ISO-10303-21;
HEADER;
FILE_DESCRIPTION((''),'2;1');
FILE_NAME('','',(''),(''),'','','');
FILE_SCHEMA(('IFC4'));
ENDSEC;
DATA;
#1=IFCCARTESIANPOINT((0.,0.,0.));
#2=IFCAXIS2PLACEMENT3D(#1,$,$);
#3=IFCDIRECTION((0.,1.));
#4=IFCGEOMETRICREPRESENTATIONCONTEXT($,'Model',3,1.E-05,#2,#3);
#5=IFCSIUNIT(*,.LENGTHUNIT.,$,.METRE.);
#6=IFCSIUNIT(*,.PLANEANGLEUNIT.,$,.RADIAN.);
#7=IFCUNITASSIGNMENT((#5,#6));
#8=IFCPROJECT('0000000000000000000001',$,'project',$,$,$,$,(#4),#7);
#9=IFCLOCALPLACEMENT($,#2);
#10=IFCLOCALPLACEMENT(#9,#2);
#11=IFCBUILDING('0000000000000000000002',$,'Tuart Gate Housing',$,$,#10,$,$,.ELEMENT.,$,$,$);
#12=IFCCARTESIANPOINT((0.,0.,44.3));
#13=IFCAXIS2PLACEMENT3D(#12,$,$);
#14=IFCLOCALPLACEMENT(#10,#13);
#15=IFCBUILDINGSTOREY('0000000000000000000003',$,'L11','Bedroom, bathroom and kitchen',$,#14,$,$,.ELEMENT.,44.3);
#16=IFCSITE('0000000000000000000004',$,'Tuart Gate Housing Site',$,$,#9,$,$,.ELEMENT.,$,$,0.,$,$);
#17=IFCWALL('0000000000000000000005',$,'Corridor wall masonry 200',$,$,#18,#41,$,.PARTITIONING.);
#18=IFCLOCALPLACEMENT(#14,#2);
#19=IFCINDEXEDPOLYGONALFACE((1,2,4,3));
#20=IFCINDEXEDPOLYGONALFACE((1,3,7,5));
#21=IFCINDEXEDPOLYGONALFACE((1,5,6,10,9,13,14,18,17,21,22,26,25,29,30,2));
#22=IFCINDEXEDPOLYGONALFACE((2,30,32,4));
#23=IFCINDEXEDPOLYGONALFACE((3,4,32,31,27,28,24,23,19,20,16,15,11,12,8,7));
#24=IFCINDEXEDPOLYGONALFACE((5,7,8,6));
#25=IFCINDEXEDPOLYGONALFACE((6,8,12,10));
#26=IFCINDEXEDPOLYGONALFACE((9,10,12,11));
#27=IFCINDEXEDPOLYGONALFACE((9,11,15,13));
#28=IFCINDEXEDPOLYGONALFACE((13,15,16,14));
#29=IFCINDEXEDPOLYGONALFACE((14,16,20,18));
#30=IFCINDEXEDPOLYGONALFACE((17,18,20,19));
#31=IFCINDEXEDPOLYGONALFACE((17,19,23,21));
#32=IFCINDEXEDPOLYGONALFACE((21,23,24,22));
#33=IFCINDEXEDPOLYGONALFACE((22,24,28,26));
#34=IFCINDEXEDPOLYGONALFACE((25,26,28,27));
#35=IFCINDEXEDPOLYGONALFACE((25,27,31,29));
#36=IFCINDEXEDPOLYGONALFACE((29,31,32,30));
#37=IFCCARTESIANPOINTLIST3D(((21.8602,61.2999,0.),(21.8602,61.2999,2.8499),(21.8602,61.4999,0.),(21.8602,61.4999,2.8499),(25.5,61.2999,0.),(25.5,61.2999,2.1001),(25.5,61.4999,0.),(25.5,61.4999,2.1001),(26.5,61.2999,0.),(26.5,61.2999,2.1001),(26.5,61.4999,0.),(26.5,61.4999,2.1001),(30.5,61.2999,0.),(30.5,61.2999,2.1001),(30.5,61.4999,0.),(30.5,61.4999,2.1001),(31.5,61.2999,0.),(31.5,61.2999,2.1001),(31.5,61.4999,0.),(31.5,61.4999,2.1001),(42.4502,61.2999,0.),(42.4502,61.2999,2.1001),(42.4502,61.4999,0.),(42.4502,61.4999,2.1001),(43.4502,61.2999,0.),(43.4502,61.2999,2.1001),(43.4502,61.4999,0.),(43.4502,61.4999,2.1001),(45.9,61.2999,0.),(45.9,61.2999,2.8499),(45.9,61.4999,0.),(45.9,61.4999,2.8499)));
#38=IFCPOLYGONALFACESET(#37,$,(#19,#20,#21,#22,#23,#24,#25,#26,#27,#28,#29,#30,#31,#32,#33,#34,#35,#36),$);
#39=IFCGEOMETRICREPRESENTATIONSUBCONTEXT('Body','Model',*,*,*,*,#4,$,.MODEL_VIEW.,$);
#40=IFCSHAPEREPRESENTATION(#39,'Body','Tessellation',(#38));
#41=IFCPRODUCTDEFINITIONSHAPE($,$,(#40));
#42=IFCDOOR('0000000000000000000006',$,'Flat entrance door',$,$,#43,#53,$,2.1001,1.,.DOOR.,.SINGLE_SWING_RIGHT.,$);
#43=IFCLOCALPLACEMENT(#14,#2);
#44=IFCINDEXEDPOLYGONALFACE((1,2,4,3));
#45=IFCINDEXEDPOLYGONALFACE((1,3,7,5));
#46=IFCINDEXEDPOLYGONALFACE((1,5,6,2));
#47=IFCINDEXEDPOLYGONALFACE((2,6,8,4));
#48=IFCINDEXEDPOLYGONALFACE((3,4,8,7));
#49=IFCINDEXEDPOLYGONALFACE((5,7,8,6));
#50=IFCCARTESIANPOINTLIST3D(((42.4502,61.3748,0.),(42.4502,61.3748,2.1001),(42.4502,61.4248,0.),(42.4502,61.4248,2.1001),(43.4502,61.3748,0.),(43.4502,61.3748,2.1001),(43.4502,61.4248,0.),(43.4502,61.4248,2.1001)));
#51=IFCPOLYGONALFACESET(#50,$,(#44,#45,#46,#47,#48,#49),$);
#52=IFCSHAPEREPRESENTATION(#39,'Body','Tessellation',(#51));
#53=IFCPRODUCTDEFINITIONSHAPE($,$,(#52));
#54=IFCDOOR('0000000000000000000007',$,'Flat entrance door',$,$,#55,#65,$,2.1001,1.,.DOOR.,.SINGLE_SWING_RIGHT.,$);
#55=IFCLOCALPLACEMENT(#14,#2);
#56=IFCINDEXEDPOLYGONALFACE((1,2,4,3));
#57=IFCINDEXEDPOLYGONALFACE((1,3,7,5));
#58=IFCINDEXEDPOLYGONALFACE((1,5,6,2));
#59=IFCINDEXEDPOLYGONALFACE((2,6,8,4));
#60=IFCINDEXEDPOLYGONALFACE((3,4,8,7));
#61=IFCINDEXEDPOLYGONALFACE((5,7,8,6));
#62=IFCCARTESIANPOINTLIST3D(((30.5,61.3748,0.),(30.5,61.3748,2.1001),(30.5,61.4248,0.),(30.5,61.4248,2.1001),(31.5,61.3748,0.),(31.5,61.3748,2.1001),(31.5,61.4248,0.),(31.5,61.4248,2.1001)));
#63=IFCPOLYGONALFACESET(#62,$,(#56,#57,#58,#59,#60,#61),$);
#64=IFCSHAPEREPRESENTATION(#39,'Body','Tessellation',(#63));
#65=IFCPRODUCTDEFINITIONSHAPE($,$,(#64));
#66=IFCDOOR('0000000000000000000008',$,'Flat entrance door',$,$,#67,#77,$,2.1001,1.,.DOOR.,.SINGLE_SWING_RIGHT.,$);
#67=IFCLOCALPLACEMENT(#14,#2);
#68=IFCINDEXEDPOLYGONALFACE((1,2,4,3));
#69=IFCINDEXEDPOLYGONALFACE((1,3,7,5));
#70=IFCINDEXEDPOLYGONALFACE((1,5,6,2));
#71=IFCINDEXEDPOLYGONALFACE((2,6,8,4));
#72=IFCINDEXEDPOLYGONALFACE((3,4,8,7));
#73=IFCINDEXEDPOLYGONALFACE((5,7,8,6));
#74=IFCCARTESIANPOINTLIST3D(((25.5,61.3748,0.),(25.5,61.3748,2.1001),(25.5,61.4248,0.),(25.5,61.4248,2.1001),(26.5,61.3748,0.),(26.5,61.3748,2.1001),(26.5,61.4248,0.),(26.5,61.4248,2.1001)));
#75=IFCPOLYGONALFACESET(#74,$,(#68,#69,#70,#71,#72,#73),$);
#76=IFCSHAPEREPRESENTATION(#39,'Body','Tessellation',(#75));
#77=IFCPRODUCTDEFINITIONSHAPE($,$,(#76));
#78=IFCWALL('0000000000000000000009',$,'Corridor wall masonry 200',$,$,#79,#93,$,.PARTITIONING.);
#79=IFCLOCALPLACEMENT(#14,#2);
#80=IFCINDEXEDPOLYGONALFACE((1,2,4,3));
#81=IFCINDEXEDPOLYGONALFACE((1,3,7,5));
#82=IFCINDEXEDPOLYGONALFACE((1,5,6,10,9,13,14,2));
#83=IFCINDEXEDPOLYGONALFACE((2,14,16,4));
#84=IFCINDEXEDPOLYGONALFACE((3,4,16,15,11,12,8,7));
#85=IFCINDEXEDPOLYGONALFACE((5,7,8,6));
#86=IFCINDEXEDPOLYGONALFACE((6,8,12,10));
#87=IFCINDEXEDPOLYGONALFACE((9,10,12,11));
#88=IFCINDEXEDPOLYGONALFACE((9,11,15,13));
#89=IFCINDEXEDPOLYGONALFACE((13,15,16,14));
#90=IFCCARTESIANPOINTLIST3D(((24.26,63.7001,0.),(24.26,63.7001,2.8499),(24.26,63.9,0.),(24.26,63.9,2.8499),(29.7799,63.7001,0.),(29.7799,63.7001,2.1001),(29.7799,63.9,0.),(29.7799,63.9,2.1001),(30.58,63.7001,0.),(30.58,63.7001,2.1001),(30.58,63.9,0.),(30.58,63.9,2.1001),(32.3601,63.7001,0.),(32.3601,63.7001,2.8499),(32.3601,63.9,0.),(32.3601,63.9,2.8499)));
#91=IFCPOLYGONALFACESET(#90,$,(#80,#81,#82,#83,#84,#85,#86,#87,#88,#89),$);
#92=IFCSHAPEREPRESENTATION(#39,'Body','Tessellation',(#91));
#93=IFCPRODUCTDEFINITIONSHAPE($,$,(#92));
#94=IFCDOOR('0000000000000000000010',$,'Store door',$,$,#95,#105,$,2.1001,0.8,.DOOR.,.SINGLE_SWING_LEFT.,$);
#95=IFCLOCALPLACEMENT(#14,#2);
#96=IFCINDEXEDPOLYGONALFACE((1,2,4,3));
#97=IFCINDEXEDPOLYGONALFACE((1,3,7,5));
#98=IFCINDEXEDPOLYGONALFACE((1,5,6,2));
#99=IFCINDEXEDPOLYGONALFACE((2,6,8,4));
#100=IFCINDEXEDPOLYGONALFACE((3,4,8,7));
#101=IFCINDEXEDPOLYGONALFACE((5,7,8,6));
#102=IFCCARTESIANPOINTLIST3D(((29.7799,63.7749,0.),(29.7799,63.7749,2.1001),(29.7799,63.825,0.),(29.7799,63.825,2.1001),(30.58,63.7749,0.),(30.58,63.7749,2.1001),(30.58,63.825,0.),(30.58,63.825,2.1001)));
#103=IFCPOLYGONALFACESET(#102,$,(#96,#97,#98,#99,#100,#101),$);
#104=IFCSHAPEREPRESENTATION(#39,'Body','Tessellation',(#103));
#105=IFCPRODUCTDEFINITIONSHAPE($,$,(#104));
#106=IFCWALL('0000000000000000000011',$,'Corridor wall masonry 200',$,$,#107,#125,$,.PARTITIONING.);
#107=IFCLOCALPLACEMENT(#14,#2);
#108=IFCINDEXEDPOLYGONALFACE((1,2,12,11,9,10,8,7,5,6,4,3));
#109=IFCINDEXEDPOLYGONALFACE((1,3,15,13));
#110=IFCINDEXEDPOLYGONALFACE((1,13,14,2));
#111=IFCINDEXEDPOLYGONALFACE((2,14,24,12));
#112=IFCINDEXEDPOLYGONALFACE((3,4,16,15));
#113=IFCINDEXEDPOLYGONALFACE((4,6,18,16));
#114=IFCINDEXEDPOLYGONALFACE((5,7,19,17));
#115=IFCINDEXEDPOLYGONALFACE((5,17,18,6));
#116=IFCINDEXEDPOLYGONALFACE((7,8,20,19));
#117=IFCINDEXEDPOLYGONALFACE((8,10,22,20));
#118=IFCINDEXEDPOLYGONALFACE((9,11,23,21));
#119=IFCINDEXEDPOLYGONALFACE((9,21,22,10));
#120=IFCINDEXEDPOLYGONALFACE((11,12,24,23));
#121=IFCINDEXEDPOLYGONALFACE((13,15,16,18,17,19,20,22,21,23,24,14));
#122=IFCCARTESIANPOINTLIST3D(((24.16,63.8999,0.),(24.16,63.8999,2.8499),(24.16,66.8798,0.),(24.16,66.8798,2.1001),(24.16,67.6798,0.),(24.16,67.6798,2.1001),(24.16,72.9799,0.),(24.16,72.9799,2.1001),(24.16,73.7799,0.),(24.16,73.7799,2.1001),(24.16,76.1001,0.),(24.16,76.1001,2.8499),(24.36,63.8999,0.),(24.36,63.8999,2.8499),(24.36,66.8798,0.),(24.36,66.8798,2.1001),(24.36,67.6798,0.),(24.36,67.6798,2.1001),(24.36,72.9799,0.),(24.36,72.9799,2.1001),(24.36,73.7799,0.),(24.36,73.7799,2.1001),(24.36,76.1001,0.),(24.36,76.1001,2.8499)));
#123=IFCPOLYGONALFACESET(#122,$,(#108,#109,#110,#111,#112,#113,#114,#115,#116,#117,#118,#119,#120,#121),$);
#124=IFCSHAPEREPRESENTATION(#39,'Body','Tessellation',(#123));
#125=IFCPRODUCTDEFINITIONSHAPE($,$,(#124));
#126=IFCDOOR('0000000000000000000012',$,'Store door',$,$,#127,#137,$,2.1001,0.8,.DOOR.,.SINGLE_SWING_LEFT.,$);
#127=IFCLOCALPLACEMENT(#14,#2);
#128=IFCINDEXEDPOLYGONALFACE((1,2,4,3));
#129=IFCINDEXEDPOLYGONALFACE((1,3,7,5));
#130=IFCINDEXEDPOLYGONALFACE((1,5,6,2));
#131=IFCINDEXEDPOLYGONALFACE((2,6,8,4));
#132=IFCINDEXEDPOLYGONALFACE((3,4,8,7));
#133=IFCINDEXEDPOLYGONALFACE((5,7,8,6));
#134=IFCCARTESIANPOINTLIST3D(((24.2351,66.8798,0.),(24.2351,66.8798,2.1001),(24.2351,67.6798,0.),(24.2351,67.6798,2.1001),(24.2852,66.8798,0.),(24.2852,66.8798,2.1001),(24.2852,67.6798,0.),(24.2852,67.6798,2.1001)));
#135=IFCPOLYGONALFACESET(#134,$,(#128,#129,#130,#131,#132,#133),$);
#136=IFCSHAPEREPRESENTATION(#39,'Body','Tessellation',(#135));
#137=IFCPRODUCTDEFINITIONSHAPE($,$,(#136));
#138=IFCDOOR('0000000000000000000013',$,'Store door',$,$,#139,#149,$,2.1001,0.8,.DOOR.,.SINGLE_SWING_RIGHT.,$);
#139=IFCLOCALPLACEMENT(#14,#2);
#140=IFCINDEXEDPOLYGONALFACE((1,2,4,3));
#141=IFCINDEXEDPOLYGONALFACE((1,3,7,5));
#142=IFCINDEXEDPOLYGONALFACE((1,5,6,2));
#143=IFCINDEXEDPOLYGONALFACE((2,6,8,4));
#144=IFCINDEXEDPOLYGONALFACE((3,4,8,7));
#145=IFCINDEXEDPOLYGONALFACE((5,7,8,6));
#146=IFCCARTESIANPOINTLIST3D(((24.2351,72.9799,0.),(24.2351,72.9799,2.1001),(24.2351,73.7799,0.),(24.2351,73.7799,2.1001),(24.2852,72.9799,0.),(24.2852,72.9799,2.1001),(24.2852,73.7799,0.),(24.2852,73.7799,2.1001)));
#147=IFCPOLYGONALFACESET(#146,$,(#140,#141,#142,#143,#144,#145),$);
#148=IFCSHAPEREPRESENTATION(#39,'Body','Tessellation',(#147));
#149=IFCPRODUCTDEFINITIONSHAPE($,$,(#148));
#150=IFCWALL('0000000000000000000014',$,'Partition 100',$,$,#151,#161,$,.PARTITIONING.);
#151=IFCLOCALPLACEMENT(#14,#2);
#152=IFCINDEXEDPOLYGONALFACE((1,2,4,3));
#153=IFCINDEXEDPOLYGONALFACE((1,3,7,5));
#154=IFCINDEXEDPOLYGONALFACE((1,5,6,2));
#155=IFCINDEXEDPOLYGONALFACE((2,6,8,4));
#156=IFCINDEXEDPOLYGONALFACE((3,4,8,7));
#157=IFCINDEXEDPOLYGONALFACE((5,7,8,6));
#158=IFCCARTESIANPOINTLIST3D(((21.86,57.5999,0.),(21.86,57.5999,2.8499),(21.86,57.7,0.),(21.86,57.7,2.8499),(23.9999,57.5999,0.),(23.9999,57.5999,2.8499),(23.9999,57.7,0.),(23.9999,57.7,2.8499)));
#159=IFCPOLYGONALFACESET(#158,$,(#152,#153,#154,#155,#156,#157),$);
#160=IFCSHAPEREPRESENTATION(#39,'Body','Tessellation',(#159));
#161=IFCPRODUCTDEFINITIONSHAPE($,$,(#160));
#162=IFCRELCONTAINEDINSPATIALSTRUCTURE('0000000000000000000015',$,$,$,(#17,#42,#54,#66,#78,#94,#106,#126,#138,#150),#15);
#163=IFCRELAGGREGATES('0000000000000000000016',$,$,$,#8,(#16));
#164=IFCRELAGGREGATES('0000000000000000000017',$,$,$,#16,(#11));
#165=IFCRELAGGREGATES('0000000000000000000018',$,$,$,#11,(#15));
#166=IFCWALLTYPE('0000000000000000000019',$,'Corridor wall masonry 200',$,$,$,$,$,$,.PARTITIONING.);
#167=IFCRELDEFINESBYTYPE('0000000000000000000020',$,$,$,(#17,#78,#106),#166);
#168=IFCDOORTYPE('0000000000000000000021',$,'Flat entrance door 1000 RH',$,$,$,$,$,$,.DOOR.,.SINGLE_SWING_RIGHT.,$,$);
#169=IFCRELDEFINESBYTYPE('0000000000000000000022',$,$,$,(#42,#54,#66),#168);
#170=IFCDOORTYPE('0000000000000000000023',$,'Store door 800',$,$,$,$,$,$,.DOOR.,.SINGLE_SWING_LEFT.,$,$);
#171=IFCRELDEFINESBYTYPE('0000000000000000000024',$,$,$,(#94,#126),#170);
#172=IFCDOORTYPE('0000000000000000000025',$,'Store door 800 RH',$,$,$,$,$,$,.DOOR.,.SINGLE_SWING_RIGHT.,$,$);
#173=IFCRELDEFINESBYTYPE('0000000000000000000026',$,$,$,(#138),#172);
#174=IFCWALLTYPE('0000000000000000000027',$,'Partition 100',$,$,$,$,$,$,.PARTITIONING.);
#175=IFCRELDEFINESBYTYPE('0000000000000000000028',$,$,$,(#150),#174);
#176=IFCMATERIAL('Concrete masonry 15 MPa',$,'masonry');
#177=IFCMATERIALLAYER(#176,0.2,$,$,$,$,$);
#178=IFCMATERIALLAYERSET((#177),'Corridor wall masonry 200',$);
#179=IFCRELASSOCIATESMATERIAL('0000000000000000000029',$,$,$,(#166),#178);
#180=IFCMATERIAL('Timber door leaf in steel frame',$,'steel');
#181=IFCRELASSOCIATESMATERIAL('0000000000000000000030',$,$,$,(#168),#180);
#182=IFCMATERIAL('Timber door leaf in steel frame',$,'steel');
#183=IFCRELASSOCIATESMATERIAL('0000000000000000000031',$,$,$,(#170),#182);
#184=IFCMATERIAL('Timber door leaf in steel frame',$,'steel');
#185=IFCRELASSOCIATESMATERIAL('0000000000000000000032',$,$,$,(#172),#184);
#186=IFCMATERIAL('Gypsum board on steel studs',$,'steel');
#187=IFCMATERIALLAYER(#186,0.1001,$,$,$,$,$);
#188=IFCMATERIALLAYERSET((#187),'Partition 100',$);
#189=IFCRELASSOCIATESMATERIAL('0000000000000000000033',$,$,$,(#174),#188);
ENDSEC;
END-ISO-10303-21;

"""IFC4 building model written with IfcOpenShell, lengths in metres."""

from ifc_helpers import new_model, si_unit, direction, frame, frame_2d, origin, place, context, subcontext, project, spatial, rectangle, extrude, material, layer, layer_set, type_object, element, fill, save


model = new_model("IFC4")

# Units and contexts
model_context = context("Model", 3, precision=1e-05, world=origin(), true_north=direction((0.0, 1.0)))
body_context = subcontext(model_context, "Body", "Model", "MODEL_VIEW")
ifc_project = project(units=[si_unit("LENGTHUNIT", "METRE"), si_unit("PLANEANGLEUNIT", "RADIAN")], contexts=[model_context])

# Site, building, storey
site_placement = place(None, origin())
site = spatial("IfcSite", under=ifc_project, at=site_placement, Name="Tuart Gate Housing Site", CompositionType="ELEMENT", RefElevation=0.0)
building_placement = place(site_placement, origin())
building = spatial("IfcBuilding", under=site, at=building_placement, Name="Tuart Gate Housing", CompositionType="ELEMENT")
storey_placement = place(building_placement, frame((0.0, 0.0, 44.3)))
storey = spatial("IfcBuildingStorey", under=building, at=storey_placement, Name="L11", Description="Bedroom, bathroom and kitchen", CompositionType="ELEMENT", Elevation=44.3)

# Wall, openings, doors
ifc_material_1 = material(Name="Concrete masonry 15 MPa", Category="masonry")
ifc_layer_1 = layer(ifc_material_1, 0.2)
ifc_layer_set_1 = layer_set([ifc_layer_1], Name="Corridor wall masonry 200")
wall_type_1 = type_object("IfcWallType", Name="Corridor wall masonry 200", PredefinedType="PARTITIONING", material=ifc_layer_set_1)
wall_1_placement = place(storey_placement, frame((21.8601, 61.3999, 0.0), z_axis=(0.0, 0.0, 1.0), x_axis=(1.0, 0.0, 0.0)))
wall_1 = element("IfcWall", 1, at=wall_1_placement, inside=storey, type_object=wall_type_1, Name="Corridor wall masonry 200", PredefinedType="PARTITIONING", context=body_context, shape_type="SweptSolid", body=[
    extrude(rectangle(XDim=24.0398, YDim=0.2, at=frame_2d((12.02, 0.0))), origin(), (0.0, 0.0, 1.0), 2.8499),
])
opening_1_placement = place(wall_1_placement, frame((20.5901, 0.0, 0.0)))
opening_1 = element("IfcOpeningElement", 2, at=opening_1_placement, cuts=wall_1, PredefinedType="OPENING", context=body_context, shape_type="SweptSolid", body=[
    extrude(rectangle(XDim=1.0, YDim=2.1001, at=frame_2d((0.5, 1.05))), frame((0.0, 0.1099, 0.0), z_axis=(0.0, -1.0, 0.0), x_axis=(1.0, 0.0, 0.0)), (0.0, 0.0, 1.0), 0.22),
])
opening_2_placement = place(wall_1_placement, frame((8.6399, 0.0, 0.0)))
opening_2 = element("IfcOpeningElement", 3, at=opening_2_placement, cuts=wall_1, PredefinedType="OPENING", context=body_context, shape_type="SweptSolid", body=[
    extrude(rectangle(XDim=1.0, YDim=2.1001, at=frame_2d((0.5, 1.05))), frame((0.0, 0.1099, 0.0), z_axis=(0.0, -1.0, 0.0), x_axis=(1.0, 0.0, 0.0)), (0.0, 0.0, 1.0), 0.22),
])
opening_3_placement = place(wall_1_placement, frame((3.6399, 0.0, 0.0)))
opening_3 = element("IfcOpeningElement", 4, at=opening_3_placement, cuts=wall_1, PredefinedType="OPENING", context=body_context, shape_type="SweptSolid", body=[
    extrude(rectangle(XDim=1.0, YDim=2.1001, at=frame_2d((0.5, 1.05))), frame((0.0, 0.1099, 0.0), z_axis=(0.0, -1.0, 0.0), x_axis=(1.0, 0.0, 0.0)), (0.0, 0.0, 1.0), 0.22),
])
ifc_material_2 = material(Name="Timber door leaf in steel frame", Category="steel")
door_type_1 = type_object("IfcDoorType", Name="Flat entrance door 1000 RH", OperationType="SINGLE_SWING_RIGHT", PredefinedType="DOOR", material=ifc_material_2)
door_1_placement = place(opening_1_placement, frame((1.0, 0.0, 0.0), z_axis=(0.0, 0.0, 1.0), x_axis=(-1.0, 0.0, 0.0)))
door_1 = element("IfcDoor", 5, at=door_1_placement, inside=storey, type_object=door_type_1, Name="Flat entrance door", OperationType="SINGLE_SWING_RIGHT", OverallHeight=2.1001, OverallWidth=1.0, PredefinedType="DOOR", context=body_context, shape_type="SweptSolid", body=[
    extrude(rectangle(XDim=1.0, YDim=2.1001, at=frame_2d((0.5, 1.05))), frame((0.0, 0.0251, 0.0), z_axis=(0.0, -1.0, 0.0), x_axis=(1.0, 0.0, 0.0)), (0.0, 0.0, 1.0), 0.05),
])
fill(opening_1, door_1)
door_2_placement = place(opening_2_placement, frame((1.0, 0.0, 0.0), z_axis=(0.0, 0.0, 1.0), x_axis=(-1.0, 0.0, 0.0)))
door_2 = element("IfcDoor", 6, at=door_2_placement, inside=storey, type_object=door_type_1, Name="Flat entrance door", OperationType="SINGLE_SWING_RIGHT", OverallHeight=2.1001, OverallWidth=1.0, PredefinedType="DOOR", context=body_context, shape_type="SweptSolid", body=[
    extrude(rectangle(XDim=1.0, YDim=2.1001, at=frame_2d((0.5, 1.05))), frame((0.0, 0.0251, 0.0), z_axis=(0.0, -1.0, 0.0), x_axis=(1.0, 0.0, 0.0)), (0.0, 0.0, 1.0), 0.05),
])
fill(opening_2, door_2)
door_3_placement = place(opening_3_placement, frame((1.0, 0.0, 0.0), z_axis=(0.0, 0.0, 1.0), x_axis=(-1.0, 0.0, 0.0)))
door_3 = element("IfcDoor", 7, at=door_3_placement, inside=storey, type_object=door_type_1, Name="Flat entrance door", OperationType="SINGLE_SWING_RIGHT", OverallHeight=2.1001, OverallWidth=1.0, PredefinedType="DOOR", context=body_context, shape_type="SweptSolid", body=[
    extrude(rectangle(XDim=1.0, YDim=2.1001, at=frame_2d((0.5, 1.05))), frame((0.0, 0.0251, 0.0), z_axis=(0.0, -1.0, 0.0), x_axis=(1.0, 0.0, 0.0)), (0.0, 0.0, 1.0), 0.05),
])
fill(opening_3, door_3)

# Wall, opening, door
wall_2_placement = place(storey_placement, frame((24.26, 63.8, 0.0), z_axis=(0.0, 0.0, 1.0), x_axis=(1.0, 0.0, 0.0)))
wall_2 = element("IfcWall", 8, at=wall_2_placement, inside=storey, type_object=wall_type_1, Name="Corridor wall masonry 200", PredefinedType="PARTITIONING", context=body_context, shape_type="SweptSolid", body=[
    extrude(rectangle(XDim=8.1001, YDim=0.2, at=frame_2d((4.05, 0.0))), origin(), (0.0, 0.0, 1.0), 2.8499),
])
opening_4_placement = place(wall_2_placement, frame((5.52, 0.0, 0.0)))
opening_4 = element("IfcOpeningElement", 9, at=opening_4_placement, cuts=wall_2, PredefinedType="OPENING", context=body_context, shape_type="SweptSolid", body=[
    extrude(rectangle(XDim=0.8, YDim=2.1001, at=frame_2d((0.3999, 1.05))), frame((0.0, 0.1099, 0.0), z_axis=(0.0, -1.0, 0.0), x_axis=(1.0, 0.0, 0.0)), (0.0, 0.0, 1.0), 0.22),
])
ifc_material_3 = material(Name="Timber door leaf in steel frame", Category="steel")
door_type_2 = type_object("IfcDoorType", Name="Store door 800", OperationType="SINGLE_SWING_LEFT", PredefinedType="DOOR", material=ifc_material_3)
door_4_placement = place(opening_4_placement, origin())
door_4 = element("IfcDoor", 10, at=door_4_placement, inside=storey, type_object=door_type_2, Name="Store door", OperationType="SINGLE_SWING_LEFT", OverallHeight=2.1001, OverallWidth=0.8, PredefinedType="DOOR", context=body_context, shape_type="SweptSolid", body=[
    extrude(rectangle(XDim=0.8, YDim=2.1001, at=frame_2d((0.3999, 1.05))), frame((0.0, 0.0249, 0.0), z_axis=(0.0, -1.0, 0.0), x_axis=(1.0, 0.0, 0.0)), (0.0, 0.0, 1.0), 0.05),
])
fill(opening_4, door_4)

# Wall, openings, doors
wall_3_placement = place(storey_placement, frame((24.26, 63.8999, 0.0), z_axis=(0.0, 0.0, 1.0), x_axis=(0.0, 1.0, 0.0)))
wall_3 = element("IfcWall", 11, at=wall_3_placement, inside=storey, type_object=wall_type_1, Name="Corridor wall masonry 200", PredefinedType="PARTITIONING", context=body_context, shape_type="SweptSolid", body=[
    extrude(rectangle(XDim=12.2002, YDim=0.2, at=frame_2d((6.1001, 0.0))), origin(), (0.0, 0.0, 1.0), 2.8499),
])
opening_5_placement = place(wall_3_placement, frame((2.98, 0.0, 0.0)))
opening_5 = element("IfcOpeningElement", 12, at=opening_5_placement, cuts=wall_3, PredefinedType="OPENING", context=body_context, shape_type="SweptSolid", body=[
    extrude(rectangle(XDim=0.8, YDim=2.1001, at=frame_2d((0.3999, 1.05))), frame((0.0, 0.1099, 0.0), z_axis=(0.0, -1.0, 0.0), x_axis=(1.0, 0.0, 0.0)), (0.0, 0.0, 1.0), 0.22),
])
opening_6_placement = place(wall_3_placement, frame((9.0801, 0.0, 0.0)))
opening_6 = element("IfcOpeningElement", 13, at=opening_6_placement, cuts=wall_3, PredefinedType="OPENING", context=body_context, shape_type="SweptSolid", body=[
    extrude(rectangle(XDim=0.8, YDim=2.1001, at=frame_2d((0.3999, 1.05))), frame((0.0, 0.1099, 0.0), z_axis=(0.0, -1.0, 0.0), x_axis=(1.0, 0.0, 0.0)), (0.0, 0.0, 1.0), 0.22),
])
door_5_placement = place(opening_5_placement, frame((0.8, 0.0, 0.0), z_axis=(0.0, 0.0, 1.0), x_axis=(-1.0, 0.0, 0.0)))
door_5 = element("IfcDoor", 14, at=door_5_placement, inside=storey, type_object=door_type_2, Name="Store door", OperationType="SINGLE_SWING_LEFT", OverallHeight=2.1001, OverallWidth=0.8, PredefinedType="DOOR", context=body_context, shape_type="SweptSolid", body=[
    extrude(rectangle(XDim=0.8, YDim=2.1001, at=frame_2d((0.4001, 1.05))), frame((0.0, 0.0251, 0.0), z_axis=(0.0, -1.0, 0.0), x_axis=(1.0, 0.0, 0.0)), (0.0, 0.0, 1.0), 0.05),
])
fill(opening_5, door_5)
ifc_material_4 = material(Name="Timber door leaf in steel frame", Category="steel")
door_type_3 = type_object("IfcDoorType", Name="Store door 800 RH", OperationType="SINGLE_SWING_RIGHT", PredefinedType="DOOR", material=ifc_material_4)
door_6_placement = place(opening_6_placement, frame((0.8, 0.0, 0.0), z_axis=(0.0, 0.0, 1.0), x_axis=(-1.0, 0.0, 0.0)))
door_6 = element("IfcDoor", 15, at=door_6_placement, inside=storey, type_object=door_type_3, Name="Store door", OperationType="SINGLE_SWING_RIGHT", OverallHeight=2.1001, OverallWidth=0.8, PredefinedType="DOOR", context=body_context, shape_type="SweptSolid", body=[
    extrude(rectangle(XDim=0.8, YDim=2.1001, at=frame_2d((0.4001, 1.05))), frame((0.0, 0.0251, 0.0), z_axis=(0.0, -1.0, 0.0), x_axis=(1.0, 0.0, 0.0)), (0.0, 0.0, 1.0), 0.05),
])
fill(opening_6, door_6)

# Wall
ifc_material_5 = material(Name="Gypsum board on steel studs", Category="steel")
ifc_layer_2 = layer(ifc_material_5, 0.1001)
ifc_layer_set_2 = layer_set([ifc_layer_2], Name="Partition 100")
wall_type_2 = type_object("IfcWallType", Name="Partition 100", PredefinedType="PARTITIONING", material=ifc_layer_set_2)
wall_4_placement = place(storey_placement, frame((21.8601, 57.6499, 0.0), z_axis=(0.0, 0.0, 1.0), x_axis=(1.0, 0.0, 0.0)))
element("IfcWall", 16, at=wall_4_placement, inside=storey, type_object=wall_type_2, Name="Partition 100", PredefinedType="PARTITIONING", context=body_context, shape_type="SweptSolid", body=[
    extrude(rectangle(XDim=2.1399, YDim=0.1001, at=frame_2d((1.0698, 0.0))), origin(), (0.0, 0.0, 1.0), 2.8499),
])

save(model, "model.ifc")
